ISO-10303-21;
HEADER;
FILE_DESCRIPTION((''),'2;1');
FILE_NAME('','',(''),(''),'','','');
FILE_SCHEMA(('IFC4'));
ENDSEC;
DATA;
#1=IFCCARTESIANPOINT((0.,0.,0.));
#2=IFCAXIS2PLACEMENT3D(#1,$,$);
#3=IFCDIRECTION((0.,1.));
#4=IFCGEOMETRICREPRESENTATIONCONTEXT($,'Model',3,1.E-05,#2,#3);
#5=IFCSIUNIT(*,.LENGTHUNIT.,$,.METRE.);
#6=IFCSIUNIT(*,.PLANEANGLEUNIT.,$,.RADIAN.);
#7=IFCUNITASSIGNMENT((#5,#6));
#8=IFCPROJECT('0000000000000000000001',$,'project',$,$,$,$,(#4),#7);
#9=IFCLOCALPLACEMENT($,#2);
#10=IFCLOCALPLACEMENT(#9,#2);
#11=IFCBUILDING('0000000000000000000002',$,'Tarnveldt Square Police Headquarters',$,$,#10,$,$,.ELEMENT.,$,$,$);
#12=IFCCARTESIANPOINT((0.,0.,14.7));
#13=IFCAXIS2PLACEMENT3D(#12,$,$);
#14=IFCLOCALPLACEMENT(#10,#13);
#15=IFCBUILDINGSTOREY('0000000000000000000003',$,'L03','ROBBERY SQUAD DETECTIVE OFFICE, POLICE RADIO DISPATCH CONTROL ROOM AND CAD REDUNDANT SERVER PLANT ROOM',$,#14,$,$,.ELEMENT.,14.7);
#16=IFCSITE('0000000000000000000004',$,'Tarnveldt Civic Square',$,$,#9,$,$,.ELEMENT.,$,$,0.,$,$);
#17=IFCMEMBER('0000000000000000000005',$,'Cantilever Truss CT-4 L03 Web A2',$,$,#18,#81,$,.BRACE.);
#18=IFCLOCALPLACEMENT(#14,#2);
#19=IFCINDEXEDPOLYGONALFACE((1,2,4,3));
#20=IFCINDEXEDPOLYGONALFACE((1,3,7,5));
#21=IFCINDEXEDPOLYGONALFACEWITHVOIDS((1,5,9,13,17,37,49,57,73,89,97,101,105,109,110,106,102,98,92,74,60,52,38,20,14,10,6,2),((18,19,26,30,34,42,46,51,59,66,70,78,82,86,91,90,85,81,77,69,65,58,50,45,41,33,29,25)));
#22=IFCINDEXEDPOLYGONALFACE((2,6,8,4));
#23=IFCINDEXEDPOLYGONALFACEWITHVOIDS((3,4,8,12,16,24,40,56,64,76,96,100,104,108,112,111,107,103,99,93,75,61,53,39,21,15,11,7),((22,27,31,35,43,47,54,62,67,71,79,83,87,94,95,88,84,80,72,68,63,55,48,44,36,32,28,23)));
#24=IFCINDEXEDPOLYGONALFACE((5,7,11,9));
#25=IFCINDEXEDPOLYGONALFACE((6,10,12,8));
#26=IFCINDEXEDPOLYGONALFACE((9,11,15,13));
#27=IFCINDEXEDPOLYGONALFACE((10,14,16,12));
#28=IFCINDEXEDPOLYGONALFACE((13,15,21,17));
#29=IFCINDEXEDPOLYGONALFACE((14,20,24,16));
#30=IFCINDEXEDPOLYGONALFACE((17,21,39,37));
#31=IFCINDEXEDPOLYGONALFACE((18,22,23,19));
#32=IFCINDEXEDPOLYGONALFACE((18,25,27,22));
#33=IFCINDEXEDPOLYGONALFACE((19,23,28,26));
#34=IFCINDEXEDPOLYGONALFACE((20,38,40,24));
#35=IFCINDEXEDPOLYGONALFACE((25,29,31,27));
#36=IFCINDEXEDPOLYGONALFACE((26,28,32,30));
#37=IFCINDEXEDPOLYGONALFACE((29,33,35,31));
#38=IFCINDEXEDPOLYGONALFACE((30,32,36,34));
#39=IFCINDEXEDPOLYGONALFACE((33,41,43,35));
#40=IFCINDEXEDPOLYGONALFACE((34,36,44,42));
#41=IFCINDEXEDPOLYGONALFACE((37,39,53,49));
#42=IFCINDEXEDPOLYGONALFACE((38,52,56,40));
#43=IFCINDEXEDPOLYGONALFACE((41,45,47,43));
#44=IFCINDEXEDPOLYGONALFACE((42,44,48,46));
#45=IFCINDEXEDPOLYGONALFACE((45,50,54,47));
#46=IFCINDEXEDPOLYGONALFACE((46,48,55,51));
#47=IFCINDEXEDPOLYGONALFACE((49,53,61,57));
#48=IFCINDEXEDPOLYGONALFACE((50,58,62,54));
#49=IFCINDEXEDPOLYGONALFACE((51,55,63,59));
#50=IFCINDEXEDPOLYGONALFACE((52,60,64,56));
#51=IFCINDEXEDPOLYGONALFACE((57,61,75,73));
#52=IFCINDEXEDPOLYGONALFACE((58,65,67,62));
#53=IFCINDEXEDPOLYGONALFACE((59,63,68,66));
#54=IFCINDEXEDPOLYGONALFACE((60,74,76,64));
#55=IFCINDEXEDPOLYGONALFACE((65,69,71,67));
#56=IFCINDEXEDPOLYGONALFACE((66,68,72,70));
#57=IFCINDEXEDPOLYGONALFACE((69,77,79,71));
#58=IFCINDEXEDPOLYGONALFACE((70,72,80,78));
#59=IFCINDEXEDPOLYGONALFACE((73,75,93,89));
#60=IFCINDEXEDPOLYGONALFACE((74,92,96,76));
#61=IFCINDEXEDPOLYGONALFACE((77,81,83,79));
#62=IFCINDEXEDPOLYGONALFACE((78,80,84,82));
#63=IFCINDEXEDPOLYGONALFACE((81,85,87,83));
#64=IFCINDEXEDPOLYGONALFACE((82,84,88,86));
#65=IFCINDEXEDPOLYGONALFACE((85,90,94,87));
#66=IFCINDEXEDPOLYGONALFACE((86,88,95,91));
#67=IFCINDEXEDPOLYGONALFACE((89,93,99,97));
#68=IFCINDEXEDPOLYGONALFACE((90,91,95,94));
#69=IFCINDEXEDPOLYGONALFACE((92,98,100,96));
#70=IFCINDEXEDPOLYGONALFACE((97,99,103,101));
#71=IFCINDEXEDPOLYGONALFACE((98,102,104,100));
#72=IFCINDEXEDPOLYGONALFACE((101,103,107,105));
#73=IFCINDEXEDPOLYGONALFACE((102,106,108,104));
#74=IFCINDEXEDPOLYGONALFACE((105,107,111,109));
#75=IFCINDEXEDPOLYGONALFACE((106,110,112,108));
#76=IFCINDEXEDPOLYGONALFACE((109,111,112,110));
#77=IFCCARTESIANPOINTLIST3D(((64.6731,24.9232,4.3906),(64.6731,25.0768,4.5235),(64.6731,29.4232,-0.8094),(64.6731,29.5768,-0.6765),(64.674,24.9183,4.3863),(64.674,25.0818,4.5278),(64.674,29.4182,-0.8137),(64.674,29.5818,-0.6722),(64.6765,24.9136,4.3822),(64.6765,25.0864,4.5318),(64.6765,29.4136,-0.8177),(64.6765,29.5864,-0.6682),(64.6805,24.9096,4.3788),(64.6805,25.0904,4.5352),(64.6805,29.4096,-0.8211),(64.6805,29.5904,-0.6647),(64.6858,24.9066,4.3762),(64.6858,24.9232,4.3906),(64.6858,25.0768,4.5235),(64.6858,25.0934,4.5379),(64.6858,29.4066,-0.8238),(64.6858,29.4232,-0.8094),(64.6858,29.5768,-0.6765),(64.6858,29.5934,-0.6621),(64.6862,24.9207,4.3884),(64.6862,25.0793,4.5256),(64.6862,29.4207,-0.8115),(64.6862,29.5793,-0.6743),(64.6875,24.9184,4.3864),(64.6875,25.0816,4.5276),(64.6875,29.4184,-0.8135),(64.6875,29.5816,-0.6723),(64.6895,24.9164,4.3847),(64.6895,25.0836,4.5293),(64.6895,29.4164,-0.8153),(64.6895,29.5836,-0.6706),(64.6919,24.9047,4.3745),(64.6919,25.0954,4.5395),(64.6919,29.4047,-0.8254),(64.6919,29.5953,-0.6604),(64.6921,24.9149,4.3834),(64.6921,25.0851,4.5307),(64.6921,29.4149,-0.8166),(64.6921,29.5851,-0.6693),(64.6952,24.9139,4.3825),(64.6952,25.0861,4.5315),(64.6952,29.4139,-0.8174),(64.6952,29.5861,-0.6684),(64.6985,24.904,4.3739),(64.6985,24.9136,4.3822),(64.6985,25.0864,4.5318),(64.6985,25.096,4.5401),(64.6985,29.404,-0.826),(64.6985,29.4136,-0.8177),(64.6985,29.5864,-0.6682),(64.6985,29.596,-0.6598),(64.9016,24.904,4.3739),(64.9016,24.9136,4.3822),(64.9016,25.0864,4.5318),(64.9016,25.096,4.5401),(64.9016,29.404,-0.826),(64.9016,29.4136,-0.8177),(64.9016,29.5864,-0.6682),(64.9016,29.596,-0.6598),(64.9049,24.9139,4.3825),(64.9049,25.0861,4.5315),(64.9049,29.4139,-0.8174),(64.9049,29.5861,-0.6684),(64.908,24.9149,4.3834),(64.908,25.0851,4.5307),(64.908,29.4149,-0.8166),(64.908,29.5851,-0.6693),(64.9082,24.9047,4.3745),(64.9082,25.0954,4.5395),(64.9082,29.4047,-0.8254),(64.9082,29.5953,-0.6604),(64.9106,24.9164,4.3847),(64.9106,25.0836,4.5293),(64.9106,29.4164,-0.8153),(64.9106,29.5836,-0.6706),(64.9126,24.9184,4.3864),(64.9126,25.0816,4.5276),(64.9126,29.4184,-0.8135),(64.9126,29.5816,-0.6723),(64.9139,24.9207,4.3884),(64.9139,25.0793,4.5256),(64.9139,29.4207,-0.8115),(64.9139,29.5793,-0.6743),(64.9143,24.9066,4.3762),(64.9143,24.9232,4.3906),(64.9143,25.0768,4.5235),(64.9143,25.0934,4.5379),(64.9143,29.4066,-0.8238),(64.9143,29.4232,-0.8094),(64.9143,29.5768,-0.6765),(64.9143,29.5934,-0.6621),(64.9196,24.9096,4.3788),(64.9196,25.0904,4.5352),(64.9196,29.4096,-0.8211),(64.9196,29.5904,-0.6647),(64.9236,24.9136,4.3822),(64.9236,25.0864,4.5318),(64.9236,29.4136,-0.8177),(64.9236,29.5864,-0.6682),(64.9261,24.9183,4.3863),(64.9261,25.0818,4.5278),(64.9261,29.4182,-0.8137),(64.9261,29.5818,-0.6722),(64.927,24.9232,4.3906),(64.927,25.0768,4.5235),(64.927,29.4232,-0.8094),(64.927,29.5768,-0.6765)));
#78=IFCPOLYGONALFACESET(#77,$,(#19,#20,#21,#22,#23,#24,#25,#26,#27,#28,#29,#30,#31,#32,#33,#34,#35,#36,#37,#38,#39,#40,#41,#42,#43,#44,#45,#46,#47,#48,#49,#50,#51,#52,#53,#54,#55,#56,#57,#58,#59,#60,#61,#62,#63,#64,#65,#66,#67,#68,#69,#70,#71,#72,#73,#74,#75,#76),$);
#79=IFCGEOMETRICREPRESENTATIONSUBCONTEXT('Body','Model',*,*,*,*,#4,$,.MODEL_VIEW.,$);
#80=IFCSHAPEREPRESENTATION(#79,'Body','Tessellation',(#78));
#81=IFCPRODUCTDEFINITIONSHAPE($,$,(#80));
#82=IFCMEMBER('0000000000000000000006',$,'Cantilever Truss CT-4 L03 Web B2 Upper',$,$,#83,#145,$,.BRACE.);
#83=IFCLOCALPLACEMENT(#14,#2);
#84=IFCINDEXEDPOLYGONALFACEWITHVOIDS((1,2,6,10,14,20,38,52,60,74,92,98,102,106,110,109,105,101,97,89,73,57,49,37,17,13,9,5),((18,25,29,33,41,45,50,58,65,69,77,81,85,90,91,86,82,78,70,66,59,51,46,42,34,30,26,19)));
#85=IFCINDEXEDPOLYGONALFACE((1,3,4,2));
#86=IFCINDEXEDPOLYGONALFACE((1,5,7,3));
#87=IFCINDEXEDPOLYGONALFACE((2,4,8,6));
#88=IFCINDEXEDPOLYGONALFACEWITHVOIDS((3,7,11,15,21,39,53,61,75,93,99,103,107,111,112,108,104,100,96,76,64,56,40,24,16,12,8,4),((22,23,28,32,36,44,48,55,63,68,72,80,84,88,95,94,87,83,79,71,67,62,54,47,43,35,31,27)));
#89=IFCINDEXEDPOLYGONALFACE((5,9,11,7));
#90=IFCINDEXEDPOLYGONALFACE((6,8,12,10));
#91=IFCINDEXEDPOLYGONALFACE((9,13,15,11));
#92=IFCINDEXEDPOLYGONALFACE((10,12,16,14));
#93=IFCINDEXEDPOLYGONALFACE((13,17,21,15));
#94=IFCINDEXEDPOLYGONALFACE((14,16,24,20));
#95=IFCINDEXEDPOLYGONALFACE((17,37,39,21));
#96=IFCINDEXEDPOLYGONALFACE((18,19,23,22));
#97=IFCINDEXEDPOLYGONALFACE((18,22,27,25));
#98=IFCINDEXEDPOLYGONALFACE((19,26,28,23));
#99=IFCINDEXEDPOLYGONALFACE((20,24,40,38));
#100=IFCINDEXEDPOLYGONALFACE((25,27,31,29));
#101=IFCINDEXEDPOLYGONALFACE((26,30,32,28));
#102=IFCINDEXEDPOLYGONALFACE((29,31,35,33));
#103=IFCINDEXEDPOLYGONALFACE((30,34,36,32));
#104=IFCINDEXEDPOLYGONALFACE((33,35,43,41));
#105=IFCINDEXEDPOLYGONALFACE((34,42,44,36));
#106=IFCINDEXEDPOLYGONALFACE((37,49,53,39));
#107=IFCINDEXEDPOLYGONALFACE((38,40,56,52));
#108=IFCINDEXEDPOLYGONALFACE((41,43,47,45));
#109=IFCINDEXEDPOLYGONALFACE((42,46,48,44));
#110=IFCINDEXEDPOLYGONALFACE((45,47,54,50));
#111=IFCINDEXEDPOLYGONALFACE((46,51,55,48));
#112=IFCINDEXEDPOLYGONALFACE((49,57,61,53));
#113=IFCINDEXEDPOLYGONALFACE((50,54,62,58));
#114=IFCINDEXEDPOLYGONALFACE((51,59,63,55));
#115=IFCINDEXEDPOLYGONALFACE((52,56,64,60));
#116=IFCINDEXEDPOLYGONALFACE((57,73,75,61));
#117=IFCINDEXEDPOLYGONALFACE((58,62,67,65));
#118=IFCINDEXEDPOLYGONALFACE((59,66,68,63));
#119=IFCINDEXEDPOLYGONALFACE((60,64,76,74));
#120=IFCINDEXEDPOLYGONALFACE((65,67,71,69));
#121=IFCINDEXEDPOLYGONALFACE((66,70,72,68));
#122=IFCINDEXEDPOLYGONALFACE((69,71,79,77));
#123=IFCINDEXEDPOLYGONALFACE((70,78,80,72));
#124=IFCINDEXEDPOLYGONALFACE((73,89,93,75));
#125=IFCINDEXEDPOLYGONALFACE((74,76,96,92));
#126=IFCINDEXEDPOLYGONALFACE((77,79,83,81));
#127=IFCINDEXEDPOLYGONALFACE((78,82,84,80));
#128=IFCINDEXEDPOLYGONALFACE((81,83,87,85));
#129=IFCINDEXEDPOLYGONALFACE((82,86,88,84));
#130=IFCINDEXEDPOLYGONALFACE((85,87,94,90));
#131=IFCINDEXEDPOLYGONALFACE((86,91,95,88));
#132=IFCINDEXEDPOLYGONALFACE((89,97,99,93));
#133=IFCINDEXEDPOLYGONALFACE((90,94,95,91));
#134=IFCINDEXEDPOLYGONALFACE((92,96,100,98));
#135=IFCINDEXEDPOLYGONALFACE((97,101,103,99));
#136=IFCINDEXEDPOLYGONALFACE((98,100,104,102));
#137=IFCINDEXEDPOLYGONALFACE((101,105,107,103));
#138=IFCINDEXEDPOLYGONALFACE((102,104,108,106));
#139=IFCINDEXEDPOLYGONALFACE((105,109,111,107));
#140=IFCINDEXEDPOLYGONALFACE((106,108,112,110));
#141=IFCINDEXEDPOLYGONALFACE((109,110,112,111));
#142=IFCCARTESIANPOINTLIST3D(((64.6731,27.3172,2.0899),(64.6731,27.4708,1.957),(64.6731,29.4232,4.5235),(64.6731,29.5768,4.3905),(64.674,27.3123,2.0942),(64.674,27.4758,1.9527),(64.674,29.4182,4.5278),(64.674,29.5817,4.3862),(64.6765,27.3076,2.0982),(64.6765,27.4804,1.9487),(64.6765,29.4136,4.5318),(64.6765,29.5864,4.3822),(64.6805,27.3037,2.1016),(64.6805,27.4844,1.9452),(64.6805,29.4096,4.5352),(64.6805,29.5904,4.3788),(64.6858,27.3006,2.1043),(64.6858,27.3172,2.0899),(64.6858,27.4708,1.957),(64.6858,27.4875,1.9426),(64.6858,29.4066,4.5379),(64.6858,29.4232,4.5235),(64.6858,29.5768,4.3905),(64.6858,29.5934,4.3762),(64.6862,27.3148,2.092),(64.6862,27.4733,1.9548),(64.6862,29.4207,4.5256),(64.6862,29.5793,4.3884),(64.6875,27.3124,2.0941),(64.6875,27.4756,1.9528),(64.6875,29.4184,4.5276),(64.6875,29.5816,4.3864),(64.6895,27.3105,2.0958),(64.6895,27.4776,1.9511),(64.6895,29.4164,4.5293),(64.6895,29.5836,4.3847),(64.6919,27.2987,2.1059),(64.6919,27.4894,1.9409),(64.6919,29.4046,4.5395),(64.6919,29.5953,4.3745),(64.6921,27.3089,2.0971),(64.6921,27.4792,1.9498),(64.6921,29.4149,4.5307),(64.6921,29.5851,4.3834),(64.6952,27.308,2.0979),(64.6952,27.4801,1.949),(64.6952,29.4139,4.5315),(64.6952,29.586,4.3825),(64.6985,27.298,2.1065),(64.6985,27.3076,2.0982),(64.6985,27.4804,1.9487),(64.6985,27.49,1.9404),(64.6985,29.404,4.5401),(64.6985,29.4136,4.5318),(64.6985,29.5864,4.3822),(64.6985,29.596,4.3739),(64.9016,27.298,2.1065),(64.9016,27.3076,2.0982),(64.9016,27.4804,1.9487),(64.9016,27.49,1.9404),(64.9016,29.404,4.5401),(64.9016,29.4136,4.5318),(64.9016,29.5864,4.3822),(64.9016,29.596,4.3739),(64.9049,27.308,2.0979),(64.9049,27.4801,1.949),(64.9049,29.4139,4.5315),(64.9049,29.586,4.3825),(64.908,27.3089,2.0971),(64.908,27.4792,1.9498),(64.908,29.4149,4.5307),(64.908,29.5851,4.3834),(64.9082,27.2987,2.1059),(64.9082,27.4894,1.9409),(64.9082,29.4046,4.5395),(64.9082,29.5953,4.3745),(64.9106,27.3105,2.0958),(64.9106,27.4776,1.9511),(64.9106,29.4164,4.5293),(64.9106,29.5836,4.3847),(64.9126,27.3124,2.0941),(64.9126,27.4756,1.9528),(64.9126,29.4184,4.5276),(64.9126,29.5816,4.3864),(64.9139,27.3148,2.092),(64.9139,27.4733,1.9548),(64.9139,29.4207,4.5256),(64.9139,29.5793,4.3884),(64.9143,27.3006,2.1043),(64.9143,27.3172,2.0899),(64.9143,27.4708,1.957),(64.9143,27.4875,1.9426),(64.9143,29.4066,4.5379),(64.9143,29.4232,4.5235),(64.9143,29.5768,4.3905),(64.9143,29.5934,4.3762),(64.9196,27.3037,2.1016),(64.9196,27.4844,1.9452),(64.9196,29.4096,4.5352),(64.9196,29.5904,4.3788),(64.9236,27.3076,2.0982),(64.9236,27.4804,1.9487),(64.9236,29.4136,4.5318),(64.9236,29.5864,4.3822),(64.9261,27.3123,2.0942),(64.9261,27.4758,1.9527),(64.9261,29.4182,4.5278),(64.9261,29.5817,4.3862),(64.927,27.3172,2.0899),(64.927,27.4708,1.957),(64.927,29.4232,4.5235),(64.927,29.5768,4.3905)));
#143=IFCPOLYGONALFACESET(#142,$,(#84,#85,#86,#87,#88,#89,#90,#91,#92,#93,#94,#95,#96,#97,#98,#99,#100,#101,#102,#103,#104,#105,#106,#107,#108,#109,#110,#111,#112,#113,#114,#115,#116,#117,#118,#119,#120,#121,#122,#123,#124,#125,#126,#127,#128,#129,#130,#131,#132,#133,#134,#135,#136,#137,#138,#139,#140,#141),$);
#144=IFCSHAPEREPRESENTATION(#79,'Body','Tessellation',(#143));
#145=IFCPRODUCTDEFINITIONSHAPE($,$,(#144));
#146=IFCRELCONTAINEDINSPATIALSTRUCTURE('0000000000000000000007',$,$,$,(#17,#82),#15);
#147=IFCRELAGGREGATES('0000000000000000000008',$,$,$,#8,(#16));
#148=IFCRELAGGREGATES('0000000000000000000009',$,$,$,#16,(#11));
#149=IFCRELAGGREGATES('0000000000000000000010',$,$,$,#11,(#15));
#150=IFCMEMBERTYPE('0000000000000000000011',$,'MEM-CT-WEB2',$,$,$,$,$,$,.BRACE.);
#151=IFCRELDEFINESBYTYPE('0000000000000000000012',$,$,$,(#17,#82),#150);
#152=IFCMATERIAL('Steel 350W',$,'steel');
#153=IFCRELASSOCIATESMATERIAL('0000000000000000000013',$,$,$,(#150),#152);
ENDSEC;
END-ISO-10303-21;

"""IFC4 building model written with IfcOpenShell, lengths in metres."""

from ifc_helpers import new_model, si_unit, direction, frame, origin, origin_2d, place, context, subcontext, project, spatial, hollow_rectangle, extrude, material, material_profile, profile_set, type_object, element, save


model = new_model("IFC4")

# Units and contexts
model_context = context("Model", 3, precision=1e-05, world=origin(), true_north=direction((0.0, 1.0)))
body_context = subcontext(model_context, "Body", "Model", "MODEL_VIEW")
ifc_project = project(units=[si_unit("LENGTHUNIT", "METRE"), si_unit("PLANEANGLEUNIT", "RADIAN")], contexts=[model_context])

# Site, building, storey
site_placement = place(None, origin())
site = spatial("IfcSite", under=ifc_project, at=site_placement, Name="Tarnveldt Civic Square", CompositionType="ELEMENT", RefElevation=0.0)
building_placement = place(site_placement, origin())
building = spatial("IfcBuilding", under=site, at=building_placement, Name="Tarnveldt Square Police Headquarters", CompositionType="ELEMENT")
storey_placement = place(building_placement, frame((0.0, 0.0, 14.7)))
storey = spatial("IfcBuildingStorey", under=building, at=storey_placement, Name="L03", Description="ROBBERY SQUAD DETECTIVE OFFICE, POLICE RADIO DISPATCH CONTROL ROOM AND CAD REDUNDANT SERVER PLANT ROOM", CompositionType="ELEMENT", Elevation=14.7)

# Shared definitions
ifc_material_1 = material(Name="Steel 350W", Category="steel")

# Members
ifc_material_profile_1 = material_profile(ifc_material_1, hollow_rectangle(XDim=0.2539, YDim=0.2539, WallThickness=0.0127, InnerFilletRadius=0.0127, OuterFilletRadius=0.0254, at=origin_2d()), Name="HSS254x254x13")
ifc_profile_set_1 = profile_set([ifc_material_profile_1], Name="Steel 350W")
member_type_1 = type_object("IfcMemberType", Name="MEM-CT-WEB2", PredefinedType="BRACE", material=ifc_profile_set_1)
member_1_placement = place(storey_placement, frame((64.8, 29.5, -0.7429), z_axis=(0.0, -0.65438, 0.756166), x_axis=(1.0, 0.0, 0.0)))
element("IfcMember", 1, at=member_1_placement, inside=storey, type_object=member_type_1, Name="Cantilever Truss CT-4 L03 Web A2", PredefinedType="BRACE", context=body_context, shape_type="SweptSolid", body=[
    extrude(hollow_rectangle(XDim=0.2539, YDim=0.2539, WallThickness=0.0127, InnerFilletRadius=0.0127, OuterFilletRadius=0.0254, at=origin_2d()), origin(), (0.0, 0.0, 1.0), 6.8767),
])
member_2_placement = place(storey_placement, frame((64.8, 27.394, 2.0234), z_axis=(0.0, 0.65437, 0.756174), x_axis=(-1.0, 0.0, 0.0)))
element("IfcMember", 2, at=member_2_placement, inside=storey, type_object=member_type_1, Name="Cantilever Truss CT-4 L03 Web B2 Upper", PredefinedType="BRACE", context=body_context, shape_type="SweptSolid", body=[
    extrude(hollow_rectangle(XDim=0.2539, YDim=0.2539, WallThickness=0.0127, InnerFilletRadius=0.0127, OuterFilletRadius=0.0254, at=origin_2d()), origin(), (0.0, 0.0, 1.0), 3.2183),
])

save(model, "model.ifc")
